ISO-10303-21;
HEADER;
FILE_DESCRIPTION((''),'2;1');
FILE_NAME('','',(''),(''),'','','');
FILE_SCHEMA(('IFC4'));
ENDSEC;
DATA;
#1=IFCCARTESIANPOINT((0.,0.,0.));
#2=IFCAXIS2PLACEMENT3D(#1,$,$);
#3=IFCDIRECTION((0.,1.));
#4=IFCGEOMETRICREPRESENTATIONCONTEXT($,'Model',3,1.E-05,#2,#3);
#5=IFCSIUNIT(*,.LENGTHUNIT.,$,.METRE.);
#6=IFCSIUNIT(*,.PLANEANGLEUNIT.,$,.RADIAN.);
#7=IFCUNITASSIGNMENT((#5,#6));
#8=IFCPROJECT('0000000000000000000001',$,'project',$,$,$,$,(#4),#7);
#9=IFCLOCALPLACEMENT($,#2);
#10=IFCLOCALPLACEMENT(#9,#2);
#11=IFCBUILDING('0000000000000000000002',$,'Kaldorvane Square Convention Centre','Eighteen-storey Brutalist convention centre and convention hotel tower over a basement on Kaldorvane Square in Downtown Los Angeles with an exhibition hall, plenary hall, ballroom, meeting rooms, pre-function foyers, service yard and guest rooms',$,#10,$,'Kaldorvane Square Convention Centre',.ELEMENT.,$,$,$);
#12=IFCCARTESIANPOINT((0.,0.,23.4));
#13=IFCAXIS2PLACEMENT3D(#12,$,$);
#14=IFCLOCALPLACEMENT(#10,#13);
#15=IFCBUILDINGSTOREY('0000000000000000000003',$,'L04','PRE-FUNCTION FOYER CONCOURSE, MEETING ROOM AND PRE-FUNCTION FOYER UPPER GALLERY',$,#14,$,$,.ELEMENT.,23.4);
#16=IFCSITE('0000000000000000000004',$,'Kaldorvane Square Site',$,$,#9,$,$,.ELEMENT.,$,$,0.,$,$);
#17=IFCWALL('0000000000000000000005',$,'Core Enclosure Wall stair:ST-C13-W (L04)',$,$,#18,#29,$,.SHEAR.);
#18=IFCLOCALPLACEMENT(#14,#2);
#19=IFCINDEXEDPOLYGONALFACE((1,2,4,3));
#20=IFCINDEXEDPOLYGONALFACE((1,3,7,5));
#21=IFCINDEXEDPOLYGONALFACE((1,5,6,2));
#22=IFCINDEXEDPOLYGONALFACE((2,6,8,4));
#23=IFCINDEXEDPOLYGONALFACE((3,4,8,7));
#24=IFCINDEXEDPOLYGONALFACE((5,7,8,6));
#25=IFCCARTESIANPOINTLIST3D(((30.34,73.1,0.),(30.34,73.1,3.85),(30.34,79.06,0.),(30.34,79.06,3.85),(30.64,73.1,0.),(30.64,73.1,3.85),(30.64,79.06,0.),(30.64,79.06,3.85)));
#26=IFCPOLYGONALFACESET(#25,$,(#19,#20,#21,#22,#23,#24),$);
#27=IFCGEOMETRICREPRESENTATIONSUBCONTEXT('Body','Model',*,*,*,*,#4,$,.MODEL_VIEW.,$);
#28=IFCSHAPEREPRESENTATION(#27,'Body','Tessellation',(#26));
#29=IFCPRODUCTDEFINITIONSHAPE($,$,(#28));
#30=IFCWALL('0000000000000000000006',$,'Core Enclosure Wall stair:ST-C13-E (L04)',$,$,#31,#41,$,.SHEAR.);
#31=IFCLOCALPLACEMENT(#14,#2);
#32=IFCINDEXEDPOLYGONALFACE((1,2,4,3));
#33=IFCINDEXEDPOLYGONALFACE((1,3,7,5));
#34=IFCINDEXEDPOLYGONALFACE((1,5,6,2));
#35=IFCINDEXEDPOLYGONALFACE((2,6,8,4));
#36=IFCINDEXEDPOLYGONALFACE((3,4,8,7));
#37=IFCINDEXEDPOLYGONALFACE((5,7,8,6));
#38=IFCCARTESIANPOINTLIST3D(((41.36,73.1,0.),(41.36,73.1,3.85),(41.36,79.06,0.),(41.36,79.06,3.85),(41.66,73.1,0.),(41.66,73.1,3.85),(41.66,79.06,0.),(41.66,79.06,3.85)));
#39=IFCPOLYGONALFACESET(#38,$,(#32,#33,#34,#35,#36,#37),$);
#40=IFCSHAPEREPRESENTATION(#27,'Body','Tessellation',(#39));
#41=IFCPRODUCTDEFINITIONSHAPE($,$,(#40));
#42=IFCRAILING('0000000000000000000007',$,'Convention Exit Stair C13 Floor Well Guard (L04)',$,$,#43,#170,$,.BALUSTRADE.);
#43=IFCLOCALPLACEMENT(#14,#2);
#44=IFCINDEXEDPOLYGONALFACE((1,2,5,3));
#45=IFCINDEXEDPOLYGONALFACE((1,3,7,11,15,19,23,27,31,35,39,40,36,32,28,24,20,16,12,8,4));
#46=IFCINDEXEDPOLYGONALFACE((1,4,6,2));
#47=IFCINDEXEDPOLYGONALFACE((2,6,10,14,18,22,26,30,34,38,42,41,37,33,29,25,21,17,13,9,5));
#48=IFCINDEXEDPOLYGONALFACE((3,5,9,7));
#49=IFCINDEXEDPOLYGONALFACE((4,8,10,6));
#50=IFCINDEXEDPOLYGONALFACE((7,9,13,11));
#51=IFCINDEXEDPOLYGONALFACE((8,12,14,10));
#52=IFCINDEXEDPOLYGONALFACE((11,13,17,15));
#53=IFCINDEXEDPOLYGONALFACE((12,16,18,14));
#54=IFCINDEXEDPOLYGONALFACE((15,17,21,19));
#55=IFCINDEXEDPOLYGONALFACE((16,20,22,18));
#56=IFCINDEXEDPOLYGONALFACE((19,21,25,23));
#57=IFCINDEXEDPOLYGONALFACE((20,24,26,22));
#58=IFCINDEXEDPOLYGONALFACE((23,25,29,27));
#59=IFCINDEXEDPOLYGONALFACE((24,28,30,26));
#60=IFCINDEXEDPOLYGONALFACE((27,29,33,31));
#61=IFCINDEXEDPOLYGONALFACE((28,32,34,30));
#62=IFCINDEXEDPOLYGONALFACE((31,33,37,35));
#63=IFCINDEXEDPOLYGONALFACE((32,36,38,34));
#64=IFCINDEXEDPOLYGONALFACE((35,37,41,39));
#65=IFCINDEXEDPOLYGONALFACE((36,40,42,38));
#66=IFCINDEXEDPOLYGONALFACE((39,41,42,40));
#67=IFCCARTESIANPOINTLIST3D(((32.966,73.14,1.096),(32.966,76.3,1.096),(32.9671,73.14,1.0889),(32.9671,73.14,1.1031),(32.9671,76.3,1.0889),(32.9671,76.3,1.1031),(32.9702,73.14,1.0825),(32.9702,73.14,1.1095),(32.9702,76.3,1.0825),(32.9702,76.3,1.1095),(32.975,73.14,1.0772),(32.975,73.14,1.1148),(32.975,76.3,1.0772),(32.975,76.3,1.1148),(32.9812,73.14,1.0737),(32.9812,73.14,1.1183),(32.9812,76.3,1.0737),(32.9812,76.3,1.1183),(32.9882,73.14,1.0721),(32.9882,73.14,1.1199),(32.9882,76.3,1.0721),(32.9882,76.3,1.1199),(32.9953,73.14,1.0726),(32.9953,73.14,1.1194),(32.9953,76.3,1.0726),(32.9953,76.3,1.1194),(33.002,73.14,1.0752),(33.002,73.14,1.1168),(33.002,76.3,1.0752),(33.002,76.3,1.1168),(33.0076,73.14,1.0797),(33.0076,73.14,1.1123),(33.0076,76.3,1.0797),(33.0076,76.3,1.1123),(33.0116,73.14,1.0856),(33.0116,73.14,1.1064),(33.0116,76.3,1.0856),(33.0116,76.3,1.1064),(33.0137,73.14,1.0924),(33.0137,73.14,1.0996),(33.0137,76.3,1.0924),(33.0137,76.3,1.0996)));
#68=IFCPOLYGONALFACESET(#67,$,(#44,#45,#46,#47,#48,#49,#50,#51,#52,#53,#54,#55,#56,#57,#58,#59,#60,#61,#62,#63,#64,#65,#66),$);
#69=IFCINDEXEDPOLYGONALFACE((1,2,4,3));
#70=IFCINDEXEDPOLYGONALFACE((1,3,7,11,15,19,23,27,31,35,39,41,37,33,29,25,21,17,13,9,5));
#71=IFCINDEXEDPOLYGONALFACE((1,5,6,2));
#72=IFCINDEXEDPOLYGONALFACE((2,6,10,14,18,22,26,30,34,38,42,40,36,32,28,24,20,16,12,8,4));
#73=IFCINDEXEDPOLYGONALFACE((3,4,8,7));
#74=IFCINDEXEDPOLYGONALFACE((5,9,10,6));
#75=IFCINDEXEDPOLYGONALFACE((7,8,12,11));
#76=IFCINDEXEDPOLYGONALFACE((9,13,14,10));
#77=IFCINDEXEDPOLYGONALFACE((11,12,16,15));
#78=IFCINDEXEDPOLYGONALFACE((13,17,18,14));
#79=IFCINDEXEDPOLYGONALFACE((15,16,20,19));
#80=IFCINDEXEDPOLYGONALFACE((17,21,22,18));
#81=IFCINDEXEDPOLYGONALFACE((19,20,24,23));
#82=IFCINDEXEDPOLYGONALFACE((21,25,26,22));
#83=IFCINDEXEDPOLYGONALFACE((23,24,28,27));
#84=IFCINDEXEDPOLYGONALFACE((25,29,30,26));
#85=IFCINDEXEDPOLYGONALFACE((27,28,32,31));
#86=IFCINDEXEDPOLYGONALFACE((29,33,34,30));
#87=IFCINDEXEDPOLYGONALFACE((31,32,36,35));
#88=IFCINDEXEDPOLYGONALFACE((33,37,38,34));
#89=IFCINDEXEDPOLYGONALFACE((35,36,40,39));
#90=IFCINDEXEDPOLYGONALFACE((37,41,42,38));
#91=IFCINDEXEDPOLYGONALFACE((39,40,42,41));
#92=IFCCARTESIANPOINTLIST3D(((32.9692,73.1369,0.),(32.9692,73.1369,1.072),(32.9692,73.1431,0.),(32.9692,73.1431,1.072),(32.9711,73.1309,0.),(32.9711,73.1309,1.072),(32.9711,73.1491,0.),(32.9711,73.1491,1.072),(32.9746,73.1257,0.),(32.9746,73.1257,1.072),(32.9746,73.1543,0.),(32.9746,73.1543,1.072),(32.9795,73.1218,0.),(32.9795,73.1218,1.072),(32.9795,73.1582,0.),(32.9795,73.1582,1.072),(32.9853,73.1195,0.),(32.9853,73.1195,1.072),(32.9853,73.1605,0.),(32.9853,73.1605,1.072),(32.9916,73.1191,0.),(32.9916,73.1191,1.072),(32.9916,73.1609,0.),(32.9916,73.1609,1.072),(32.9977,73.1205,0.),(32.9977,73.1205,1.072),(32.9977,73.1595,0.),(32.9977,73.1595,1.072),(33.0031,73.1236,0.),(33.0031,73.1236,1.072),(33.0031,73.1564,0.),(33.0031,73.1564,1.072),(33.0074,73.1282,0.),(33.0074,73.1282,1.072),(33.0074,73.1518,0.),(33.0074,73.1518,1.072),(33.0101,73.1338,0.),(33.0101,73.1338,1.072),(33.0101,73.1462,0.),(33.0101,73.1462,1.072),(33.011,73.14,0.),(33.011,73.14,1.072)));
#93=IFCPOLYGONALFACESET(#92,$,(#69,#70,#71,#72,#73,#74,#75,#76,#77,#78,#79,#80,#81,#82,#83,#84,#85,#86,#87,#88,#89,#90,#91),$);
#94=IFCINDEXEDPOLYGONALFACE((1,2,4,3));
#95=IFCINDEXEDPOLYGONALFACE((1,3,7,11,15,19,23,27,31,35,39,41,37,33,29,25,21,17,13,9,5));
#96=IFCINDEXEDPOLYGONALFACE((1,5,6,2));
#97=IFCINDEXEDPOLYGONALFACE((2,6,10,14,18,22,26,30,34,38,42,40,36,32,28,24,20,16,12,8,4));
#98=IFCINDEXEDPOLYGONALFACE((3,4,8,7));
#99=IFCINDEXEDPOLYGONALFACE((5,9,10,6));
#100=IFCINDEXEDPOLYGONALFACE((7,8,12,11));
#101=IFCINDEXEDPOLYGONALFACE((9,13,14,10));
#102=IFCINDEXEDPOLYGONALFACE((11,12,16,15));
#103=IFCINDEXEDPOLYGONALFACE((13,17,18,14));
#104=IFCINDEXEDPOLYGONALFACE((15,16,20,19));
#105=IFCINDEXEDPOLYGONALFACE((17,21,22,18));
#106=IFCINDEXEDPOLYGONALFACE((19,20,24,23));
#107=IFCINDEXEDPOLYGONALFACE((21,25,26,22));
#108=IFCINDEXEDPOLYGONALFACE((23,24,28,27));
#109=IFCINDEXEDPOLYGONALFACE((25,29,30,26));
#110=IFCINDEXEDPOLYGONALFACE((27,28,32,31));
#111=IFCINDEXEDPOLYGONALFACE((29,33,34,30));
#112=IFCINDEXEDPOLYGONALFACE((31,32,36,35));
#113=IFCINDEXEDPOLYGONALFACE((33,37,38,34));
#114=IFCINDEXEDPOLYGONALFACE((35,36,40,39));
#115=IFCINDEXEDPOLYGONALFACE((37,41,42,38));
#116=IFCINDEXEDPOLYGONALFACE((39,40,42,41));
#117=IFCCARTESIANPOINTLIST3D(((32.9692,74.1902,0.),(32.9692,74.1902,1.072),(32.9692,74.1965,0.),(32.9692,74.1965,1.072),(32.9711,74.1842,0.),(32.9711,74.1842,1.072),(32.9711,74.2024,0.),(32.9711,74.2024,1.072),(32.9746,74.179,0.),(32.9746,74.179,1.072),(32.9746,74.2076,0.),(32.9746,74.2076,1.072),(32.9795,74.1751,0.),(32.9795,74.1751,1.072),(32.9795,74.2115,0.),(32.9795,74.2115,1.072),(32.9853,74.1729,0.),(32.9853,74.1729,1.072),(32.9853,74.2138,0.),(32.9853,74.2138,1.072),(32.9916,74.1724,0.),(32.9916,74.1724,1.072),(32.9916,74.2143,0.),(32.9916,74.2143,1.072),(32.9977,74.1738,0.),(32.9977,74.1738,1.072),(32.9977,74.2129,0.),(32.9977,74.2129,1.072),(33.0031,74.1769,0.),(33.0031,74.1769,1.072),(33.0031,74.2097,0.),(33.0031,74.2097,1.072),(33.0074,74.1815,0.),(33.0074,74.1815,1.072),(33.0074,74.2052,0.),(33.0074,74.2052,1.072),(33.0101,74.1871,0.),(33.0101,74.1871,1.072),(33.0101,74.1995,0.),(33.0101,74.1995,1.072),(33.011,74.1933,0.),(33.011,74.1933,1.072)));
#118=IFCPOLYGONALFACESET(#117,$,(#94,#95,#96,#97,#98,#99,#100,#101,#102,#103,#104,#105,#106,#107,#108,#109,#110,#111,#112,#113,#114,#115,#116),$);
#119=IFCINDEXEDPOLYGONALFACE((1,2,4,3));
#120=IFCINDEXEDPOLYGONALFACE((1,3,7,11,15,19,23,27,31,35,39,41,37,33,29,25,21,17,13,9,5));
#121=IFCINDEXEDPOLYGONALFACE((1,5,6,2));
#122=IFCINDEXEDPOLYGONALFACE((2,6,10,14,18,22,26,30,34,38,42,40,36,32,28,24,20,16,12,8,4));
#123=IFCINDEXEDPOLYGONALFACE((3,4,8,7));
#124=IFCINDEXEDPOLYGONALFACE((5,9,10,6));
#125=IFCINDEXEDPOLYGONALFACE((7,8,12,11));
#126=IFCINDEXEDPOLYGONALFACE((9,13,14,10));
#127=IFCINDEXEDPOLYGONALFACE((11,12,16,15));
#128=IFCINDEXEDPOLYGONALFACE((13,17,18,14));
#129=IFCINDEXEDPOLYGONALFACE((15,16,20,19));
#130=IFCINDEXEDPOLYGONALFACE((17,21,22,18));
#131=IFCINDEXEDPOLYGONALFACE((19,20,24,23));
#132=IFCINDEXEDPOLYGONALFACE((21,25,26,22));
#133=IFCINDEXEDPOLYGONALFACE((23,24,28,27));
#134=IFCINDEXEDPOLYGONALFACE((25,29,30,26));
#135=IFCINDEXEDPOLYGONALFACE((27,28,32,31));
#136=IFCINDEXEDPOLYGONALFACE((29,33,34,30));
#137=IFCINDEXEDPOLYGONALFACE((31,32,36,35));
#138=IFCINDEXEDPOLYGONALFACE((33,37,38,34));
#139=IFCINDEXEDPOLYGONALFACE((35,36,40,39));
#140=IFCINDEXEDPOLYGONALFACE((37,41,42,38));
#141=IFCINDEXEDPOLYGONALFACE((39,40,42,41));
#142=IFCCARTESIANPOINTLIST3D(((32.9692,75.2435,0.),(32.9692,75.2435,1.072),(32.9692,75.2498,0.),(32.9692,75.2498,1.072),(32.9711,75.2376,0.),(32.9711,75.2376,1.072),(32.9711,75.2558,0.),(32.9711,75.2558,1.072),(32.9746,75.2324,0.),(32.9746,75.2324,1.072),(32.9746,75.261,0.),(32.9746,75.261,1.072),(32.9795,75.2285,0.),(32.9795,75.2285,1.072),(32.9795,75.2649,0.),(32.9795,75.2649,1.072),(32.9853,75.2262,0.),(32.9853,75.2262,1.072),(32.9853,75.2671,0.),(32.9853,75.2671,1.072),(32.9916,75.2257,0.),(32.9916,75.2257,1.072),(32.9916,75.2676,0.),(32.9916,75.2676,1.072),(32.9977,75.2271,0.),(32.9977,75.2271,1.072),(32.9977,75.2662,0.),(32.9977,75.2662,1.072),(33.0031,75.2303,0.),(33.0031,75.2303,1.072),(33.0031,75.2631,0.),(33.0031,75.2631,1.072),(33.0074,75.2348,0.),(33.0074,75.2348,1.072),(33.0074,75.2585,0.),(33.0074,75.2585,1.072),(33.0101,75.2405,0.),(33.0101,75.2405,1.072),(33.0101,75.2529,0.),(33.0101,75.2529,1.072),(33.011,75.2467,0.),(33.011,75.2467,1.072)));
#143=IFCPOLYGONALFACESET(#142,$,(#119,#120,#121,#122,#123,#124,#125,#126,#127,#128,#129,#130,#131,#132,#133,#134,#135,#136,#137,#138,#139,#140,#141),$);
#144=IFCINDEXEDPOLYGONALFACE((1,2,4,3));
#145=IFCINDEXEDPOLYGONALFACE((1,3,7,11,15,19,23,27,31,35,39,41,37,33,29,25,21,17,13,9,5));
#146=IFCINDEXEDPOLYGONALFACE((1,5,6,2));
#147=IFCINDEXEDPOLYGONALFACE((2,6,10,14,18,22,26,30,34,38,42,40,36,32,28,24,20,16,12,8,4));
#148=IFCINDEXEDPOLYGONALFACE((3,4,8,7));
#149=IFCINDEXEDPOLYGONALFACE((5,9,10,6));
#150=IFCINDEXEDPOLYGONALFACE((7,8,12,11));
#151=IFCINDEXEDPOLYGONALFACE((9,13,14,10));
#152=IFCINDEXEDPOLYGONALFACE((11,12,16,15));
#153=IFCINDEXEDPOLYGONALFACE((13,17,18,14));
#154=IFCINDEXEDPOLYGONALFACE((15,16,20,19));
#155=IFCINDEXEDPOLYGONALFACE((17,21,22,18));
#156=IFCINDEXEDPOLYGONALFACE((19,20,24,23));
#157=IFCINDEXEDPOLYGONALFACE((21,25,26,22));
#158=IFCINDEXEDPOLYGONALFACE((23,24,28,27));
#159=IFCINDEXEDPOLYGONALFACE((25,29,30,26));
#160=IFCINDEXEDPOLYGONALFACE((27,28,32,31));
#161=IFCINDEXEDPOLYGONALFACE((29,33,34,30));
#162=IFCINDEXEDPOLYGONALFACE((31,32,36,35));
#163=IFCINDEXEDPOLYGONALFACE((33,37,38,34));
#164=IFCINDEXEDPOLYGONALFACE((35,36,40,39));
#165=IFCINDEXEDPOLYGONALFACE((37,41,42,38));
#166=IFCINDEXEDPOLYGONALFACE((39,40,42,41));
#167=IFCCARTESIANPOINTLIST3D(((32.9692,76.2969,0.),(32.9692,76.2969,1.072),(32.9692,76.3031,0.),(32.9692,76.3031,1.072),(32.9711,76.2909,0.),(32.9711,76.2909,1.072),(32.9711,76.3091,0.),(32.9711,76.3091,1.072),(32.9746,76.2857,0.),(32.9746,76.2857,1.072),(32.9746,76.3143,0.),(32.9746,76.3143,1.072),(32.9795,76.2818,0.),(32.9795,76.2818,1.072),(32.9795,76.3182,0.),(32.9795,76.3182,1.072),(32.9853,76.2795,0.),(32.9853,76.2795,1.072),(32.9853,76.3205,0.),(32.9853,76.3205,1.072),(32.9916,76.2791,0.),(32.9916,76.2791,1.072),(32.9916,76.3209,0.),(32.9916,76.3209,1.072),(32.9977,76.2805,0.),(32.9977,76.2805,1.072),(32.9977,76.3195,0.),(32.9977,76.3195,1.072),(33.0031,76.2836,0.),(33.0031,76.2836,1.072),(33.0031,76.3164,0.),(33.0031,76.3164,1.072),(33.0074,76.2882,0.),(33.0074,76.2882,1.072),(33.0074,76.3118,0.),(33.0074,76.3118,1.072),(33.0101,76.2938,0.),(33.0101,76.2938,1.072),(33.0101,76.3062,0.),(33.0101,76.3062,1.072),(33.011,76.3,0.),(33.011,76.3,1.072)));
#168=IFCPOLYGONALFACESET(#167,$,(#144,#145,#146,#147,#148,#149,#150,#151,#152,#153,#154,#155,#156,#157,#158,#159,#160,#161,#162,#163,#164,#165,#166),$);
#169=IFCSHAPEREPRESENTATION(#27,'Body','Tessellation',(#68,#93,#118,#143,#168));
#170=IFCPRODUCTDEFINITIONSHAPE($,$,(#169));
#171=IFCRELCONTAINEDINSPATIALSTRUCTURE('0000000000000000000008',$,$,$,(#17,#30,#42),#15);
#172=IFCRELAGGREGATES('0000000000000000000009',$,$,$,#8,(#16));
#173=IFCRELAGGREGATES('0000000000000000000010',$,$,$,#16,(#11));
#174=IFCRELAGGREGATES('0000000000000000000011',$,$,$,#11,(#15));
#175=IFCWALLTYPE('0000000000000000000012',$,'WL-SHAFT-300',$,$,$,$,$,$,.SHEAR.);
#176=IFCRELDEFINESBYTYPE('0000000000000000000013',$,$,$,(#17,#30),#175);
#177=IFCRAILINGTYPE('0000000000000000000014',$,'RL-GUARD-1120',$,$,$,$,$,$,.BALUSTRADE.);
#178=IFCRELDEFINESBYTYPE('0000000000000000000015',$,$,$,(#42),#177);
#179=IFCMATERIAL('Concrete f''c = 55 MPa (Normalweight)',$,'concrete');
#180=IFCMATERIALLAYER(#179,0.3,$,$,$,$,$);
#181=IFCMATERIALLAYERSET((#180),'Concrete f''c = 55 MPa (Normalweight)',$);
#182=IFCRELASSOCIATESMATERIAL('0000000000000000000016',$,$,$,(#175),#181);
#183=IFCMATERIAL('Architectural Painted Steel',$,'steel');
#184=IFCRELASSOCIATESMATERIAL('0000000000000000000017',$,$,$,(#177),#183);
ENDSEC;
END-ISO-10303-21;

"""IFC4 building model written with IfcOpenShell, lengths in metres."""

from ifc_helpers import new_model, si_unit, direction, frame, frame_2d, origin, origin_2d, place, context, subcontext, project, spatial, rectangle, circle, extrude, material, layer, layer_set, type_object, element, save


model = new_model("IFC4")

# Units and contexts
model_context = context("Model", 3, precision=1e-05, world=origin(), true_north=direction((0.0, 1.0)))
body_context = subcontext(model_context, "Body", "Model", "MODEL_VIEW")
ifc_project = project(units=[si_unit("LENGTHUNIT", "METRE"), si_unit("PLANEANGLEUNIT", "RADIAN")], contexts=[model_context])

# Site, building, storey
site_placement = place(None, origin())
site = spatial("IfcSite", under=ifc_project, at=site_placement, Name="Kaldorvane Square Site", CompositionType="ELEMENT", RefElevation=0.0)
building_placement = place(site_placement, origin())
building = spatial("IfcBuilding", under=site, at=building_placement, Name="Kaldorvane Square Convention Centre", Description="Eighteen-storey Brutalist convention centre and convention hotel tower over a basement on Kaldorvane Square in Downtown Los Angeles with an exhibition hall, plenary hall, ballroom, meeting rooms, pre-function foyers, service yard and guest rooms", LongName="Kaldorvane Square Convention Centre", CompositionType="ELEMENT")
storey_placement = place(building_placement, frame((0.0, 0.0, 23.4)))
storey = spatial("IfcBuildingStorey", under=building, at=storey_placement, Name="L04", Description="PRE-FUNCTION FOYER CONCOURSE, MEETING ROOM AND PRE-FUNCTION FOYER UPPER GALLERY", CompositionType="ELEMENT", Elevation=23.4)

# Shared definitions
ifc_material_1 = material(Name="Concrete f'c = 55 MPa (Normalweight)", Category="concrete")

# Shared definitions
ifc_layer = layer(ifc_material_1, 0.3)
ifc_layer_set = layer_set([ifc_layer], Name="Concrete f'c = 55 MPa (Normalweight)")
wall_type = type_object("IfcWallType", Name="WL-SHAFT-300", PredefinedType="SHEAR", material=ifc_layer_set)

# Walls
for number, where, z_axis, x_axis, name in (
    (1, (30.49, 79.06, 0.0), (0.0, 0.0, 1.0), (0.0, -1.0, 0.0), "Core Enclosure Wall stair:ST-C13-W (L04)"),
    (2, (41.51, 73.1, 0.0), (0.0, 0.0, 1.0), (0.0, 1.0, 0.0), "Core Enclosure Wall stair:ST-C13-E (L04)"),
):
    element("IfcWall", number, at=place(storey_placement, frame(where, z_axis=z_axis, x_axis=x_axis)), inside=storey, type_object=wall_type, Name=name, PredefinedType="SHEAR", context=body_context, shape_type="SweptSolid", body=[
        extrude(rectangle(XDim=5.96, YDim=0.3, at=frame_2d((2.98, 0.0))), origin(), (0.0, 0.0, 1.0), 3.85),
    ])

# Railing
ifc_material_2 = material(Name="Architectural Painted Steel", Category="steel")
railing_type = type_object("IfcRailingType", Name="RL-GUARD-1120", PredefinedType="BALUSTRADE", material=ifc_material_2)
railing_placement = place(storey_placement, frame((32.99, 73.14, 0.0)))
element("IfcRailing", 3, at=railing_placement, inside=storey, type_object=railing_type, Name="Convention Exit Stair C13 Floor Well Guard (L04)", PredefinedType="BALUSTRADE", context=body_context, shape_type="SweptSolid", body=[
    extrude(circle(Radius=0.024, at=origin_2d()), frame((0.0, 0.0, 1.096), z_axis=(0.0, 1.0, 0.0), x_axis=(-1.0, 0.0, 0.0)), (0.0, 0.0, 1.0), 3.16),
    extrude(circle(Radius=0.021, at=origin_2d()), origin(), (0.0, 0.0, 1.0), 1.072),
    extrude(circle(Radius=0.021, at=origin_2d()), frame((0.0, 1.0533, 0.0)), (0.0, 0.0, 1.0), 1.072),
    extrude(circle(Radius=0.021, at=origin_2d()), frame((0.0, 2.1067, 0.0)), (0.0, 0.0, 1.0), 1.072),
    extrude(circle(Radius=0.021, at=origin_2d()), frame((0.0, 3.16, 0.0)), (0.0, 0.0, 1.0), 1.072),
])

save(model, "model.ifc")
